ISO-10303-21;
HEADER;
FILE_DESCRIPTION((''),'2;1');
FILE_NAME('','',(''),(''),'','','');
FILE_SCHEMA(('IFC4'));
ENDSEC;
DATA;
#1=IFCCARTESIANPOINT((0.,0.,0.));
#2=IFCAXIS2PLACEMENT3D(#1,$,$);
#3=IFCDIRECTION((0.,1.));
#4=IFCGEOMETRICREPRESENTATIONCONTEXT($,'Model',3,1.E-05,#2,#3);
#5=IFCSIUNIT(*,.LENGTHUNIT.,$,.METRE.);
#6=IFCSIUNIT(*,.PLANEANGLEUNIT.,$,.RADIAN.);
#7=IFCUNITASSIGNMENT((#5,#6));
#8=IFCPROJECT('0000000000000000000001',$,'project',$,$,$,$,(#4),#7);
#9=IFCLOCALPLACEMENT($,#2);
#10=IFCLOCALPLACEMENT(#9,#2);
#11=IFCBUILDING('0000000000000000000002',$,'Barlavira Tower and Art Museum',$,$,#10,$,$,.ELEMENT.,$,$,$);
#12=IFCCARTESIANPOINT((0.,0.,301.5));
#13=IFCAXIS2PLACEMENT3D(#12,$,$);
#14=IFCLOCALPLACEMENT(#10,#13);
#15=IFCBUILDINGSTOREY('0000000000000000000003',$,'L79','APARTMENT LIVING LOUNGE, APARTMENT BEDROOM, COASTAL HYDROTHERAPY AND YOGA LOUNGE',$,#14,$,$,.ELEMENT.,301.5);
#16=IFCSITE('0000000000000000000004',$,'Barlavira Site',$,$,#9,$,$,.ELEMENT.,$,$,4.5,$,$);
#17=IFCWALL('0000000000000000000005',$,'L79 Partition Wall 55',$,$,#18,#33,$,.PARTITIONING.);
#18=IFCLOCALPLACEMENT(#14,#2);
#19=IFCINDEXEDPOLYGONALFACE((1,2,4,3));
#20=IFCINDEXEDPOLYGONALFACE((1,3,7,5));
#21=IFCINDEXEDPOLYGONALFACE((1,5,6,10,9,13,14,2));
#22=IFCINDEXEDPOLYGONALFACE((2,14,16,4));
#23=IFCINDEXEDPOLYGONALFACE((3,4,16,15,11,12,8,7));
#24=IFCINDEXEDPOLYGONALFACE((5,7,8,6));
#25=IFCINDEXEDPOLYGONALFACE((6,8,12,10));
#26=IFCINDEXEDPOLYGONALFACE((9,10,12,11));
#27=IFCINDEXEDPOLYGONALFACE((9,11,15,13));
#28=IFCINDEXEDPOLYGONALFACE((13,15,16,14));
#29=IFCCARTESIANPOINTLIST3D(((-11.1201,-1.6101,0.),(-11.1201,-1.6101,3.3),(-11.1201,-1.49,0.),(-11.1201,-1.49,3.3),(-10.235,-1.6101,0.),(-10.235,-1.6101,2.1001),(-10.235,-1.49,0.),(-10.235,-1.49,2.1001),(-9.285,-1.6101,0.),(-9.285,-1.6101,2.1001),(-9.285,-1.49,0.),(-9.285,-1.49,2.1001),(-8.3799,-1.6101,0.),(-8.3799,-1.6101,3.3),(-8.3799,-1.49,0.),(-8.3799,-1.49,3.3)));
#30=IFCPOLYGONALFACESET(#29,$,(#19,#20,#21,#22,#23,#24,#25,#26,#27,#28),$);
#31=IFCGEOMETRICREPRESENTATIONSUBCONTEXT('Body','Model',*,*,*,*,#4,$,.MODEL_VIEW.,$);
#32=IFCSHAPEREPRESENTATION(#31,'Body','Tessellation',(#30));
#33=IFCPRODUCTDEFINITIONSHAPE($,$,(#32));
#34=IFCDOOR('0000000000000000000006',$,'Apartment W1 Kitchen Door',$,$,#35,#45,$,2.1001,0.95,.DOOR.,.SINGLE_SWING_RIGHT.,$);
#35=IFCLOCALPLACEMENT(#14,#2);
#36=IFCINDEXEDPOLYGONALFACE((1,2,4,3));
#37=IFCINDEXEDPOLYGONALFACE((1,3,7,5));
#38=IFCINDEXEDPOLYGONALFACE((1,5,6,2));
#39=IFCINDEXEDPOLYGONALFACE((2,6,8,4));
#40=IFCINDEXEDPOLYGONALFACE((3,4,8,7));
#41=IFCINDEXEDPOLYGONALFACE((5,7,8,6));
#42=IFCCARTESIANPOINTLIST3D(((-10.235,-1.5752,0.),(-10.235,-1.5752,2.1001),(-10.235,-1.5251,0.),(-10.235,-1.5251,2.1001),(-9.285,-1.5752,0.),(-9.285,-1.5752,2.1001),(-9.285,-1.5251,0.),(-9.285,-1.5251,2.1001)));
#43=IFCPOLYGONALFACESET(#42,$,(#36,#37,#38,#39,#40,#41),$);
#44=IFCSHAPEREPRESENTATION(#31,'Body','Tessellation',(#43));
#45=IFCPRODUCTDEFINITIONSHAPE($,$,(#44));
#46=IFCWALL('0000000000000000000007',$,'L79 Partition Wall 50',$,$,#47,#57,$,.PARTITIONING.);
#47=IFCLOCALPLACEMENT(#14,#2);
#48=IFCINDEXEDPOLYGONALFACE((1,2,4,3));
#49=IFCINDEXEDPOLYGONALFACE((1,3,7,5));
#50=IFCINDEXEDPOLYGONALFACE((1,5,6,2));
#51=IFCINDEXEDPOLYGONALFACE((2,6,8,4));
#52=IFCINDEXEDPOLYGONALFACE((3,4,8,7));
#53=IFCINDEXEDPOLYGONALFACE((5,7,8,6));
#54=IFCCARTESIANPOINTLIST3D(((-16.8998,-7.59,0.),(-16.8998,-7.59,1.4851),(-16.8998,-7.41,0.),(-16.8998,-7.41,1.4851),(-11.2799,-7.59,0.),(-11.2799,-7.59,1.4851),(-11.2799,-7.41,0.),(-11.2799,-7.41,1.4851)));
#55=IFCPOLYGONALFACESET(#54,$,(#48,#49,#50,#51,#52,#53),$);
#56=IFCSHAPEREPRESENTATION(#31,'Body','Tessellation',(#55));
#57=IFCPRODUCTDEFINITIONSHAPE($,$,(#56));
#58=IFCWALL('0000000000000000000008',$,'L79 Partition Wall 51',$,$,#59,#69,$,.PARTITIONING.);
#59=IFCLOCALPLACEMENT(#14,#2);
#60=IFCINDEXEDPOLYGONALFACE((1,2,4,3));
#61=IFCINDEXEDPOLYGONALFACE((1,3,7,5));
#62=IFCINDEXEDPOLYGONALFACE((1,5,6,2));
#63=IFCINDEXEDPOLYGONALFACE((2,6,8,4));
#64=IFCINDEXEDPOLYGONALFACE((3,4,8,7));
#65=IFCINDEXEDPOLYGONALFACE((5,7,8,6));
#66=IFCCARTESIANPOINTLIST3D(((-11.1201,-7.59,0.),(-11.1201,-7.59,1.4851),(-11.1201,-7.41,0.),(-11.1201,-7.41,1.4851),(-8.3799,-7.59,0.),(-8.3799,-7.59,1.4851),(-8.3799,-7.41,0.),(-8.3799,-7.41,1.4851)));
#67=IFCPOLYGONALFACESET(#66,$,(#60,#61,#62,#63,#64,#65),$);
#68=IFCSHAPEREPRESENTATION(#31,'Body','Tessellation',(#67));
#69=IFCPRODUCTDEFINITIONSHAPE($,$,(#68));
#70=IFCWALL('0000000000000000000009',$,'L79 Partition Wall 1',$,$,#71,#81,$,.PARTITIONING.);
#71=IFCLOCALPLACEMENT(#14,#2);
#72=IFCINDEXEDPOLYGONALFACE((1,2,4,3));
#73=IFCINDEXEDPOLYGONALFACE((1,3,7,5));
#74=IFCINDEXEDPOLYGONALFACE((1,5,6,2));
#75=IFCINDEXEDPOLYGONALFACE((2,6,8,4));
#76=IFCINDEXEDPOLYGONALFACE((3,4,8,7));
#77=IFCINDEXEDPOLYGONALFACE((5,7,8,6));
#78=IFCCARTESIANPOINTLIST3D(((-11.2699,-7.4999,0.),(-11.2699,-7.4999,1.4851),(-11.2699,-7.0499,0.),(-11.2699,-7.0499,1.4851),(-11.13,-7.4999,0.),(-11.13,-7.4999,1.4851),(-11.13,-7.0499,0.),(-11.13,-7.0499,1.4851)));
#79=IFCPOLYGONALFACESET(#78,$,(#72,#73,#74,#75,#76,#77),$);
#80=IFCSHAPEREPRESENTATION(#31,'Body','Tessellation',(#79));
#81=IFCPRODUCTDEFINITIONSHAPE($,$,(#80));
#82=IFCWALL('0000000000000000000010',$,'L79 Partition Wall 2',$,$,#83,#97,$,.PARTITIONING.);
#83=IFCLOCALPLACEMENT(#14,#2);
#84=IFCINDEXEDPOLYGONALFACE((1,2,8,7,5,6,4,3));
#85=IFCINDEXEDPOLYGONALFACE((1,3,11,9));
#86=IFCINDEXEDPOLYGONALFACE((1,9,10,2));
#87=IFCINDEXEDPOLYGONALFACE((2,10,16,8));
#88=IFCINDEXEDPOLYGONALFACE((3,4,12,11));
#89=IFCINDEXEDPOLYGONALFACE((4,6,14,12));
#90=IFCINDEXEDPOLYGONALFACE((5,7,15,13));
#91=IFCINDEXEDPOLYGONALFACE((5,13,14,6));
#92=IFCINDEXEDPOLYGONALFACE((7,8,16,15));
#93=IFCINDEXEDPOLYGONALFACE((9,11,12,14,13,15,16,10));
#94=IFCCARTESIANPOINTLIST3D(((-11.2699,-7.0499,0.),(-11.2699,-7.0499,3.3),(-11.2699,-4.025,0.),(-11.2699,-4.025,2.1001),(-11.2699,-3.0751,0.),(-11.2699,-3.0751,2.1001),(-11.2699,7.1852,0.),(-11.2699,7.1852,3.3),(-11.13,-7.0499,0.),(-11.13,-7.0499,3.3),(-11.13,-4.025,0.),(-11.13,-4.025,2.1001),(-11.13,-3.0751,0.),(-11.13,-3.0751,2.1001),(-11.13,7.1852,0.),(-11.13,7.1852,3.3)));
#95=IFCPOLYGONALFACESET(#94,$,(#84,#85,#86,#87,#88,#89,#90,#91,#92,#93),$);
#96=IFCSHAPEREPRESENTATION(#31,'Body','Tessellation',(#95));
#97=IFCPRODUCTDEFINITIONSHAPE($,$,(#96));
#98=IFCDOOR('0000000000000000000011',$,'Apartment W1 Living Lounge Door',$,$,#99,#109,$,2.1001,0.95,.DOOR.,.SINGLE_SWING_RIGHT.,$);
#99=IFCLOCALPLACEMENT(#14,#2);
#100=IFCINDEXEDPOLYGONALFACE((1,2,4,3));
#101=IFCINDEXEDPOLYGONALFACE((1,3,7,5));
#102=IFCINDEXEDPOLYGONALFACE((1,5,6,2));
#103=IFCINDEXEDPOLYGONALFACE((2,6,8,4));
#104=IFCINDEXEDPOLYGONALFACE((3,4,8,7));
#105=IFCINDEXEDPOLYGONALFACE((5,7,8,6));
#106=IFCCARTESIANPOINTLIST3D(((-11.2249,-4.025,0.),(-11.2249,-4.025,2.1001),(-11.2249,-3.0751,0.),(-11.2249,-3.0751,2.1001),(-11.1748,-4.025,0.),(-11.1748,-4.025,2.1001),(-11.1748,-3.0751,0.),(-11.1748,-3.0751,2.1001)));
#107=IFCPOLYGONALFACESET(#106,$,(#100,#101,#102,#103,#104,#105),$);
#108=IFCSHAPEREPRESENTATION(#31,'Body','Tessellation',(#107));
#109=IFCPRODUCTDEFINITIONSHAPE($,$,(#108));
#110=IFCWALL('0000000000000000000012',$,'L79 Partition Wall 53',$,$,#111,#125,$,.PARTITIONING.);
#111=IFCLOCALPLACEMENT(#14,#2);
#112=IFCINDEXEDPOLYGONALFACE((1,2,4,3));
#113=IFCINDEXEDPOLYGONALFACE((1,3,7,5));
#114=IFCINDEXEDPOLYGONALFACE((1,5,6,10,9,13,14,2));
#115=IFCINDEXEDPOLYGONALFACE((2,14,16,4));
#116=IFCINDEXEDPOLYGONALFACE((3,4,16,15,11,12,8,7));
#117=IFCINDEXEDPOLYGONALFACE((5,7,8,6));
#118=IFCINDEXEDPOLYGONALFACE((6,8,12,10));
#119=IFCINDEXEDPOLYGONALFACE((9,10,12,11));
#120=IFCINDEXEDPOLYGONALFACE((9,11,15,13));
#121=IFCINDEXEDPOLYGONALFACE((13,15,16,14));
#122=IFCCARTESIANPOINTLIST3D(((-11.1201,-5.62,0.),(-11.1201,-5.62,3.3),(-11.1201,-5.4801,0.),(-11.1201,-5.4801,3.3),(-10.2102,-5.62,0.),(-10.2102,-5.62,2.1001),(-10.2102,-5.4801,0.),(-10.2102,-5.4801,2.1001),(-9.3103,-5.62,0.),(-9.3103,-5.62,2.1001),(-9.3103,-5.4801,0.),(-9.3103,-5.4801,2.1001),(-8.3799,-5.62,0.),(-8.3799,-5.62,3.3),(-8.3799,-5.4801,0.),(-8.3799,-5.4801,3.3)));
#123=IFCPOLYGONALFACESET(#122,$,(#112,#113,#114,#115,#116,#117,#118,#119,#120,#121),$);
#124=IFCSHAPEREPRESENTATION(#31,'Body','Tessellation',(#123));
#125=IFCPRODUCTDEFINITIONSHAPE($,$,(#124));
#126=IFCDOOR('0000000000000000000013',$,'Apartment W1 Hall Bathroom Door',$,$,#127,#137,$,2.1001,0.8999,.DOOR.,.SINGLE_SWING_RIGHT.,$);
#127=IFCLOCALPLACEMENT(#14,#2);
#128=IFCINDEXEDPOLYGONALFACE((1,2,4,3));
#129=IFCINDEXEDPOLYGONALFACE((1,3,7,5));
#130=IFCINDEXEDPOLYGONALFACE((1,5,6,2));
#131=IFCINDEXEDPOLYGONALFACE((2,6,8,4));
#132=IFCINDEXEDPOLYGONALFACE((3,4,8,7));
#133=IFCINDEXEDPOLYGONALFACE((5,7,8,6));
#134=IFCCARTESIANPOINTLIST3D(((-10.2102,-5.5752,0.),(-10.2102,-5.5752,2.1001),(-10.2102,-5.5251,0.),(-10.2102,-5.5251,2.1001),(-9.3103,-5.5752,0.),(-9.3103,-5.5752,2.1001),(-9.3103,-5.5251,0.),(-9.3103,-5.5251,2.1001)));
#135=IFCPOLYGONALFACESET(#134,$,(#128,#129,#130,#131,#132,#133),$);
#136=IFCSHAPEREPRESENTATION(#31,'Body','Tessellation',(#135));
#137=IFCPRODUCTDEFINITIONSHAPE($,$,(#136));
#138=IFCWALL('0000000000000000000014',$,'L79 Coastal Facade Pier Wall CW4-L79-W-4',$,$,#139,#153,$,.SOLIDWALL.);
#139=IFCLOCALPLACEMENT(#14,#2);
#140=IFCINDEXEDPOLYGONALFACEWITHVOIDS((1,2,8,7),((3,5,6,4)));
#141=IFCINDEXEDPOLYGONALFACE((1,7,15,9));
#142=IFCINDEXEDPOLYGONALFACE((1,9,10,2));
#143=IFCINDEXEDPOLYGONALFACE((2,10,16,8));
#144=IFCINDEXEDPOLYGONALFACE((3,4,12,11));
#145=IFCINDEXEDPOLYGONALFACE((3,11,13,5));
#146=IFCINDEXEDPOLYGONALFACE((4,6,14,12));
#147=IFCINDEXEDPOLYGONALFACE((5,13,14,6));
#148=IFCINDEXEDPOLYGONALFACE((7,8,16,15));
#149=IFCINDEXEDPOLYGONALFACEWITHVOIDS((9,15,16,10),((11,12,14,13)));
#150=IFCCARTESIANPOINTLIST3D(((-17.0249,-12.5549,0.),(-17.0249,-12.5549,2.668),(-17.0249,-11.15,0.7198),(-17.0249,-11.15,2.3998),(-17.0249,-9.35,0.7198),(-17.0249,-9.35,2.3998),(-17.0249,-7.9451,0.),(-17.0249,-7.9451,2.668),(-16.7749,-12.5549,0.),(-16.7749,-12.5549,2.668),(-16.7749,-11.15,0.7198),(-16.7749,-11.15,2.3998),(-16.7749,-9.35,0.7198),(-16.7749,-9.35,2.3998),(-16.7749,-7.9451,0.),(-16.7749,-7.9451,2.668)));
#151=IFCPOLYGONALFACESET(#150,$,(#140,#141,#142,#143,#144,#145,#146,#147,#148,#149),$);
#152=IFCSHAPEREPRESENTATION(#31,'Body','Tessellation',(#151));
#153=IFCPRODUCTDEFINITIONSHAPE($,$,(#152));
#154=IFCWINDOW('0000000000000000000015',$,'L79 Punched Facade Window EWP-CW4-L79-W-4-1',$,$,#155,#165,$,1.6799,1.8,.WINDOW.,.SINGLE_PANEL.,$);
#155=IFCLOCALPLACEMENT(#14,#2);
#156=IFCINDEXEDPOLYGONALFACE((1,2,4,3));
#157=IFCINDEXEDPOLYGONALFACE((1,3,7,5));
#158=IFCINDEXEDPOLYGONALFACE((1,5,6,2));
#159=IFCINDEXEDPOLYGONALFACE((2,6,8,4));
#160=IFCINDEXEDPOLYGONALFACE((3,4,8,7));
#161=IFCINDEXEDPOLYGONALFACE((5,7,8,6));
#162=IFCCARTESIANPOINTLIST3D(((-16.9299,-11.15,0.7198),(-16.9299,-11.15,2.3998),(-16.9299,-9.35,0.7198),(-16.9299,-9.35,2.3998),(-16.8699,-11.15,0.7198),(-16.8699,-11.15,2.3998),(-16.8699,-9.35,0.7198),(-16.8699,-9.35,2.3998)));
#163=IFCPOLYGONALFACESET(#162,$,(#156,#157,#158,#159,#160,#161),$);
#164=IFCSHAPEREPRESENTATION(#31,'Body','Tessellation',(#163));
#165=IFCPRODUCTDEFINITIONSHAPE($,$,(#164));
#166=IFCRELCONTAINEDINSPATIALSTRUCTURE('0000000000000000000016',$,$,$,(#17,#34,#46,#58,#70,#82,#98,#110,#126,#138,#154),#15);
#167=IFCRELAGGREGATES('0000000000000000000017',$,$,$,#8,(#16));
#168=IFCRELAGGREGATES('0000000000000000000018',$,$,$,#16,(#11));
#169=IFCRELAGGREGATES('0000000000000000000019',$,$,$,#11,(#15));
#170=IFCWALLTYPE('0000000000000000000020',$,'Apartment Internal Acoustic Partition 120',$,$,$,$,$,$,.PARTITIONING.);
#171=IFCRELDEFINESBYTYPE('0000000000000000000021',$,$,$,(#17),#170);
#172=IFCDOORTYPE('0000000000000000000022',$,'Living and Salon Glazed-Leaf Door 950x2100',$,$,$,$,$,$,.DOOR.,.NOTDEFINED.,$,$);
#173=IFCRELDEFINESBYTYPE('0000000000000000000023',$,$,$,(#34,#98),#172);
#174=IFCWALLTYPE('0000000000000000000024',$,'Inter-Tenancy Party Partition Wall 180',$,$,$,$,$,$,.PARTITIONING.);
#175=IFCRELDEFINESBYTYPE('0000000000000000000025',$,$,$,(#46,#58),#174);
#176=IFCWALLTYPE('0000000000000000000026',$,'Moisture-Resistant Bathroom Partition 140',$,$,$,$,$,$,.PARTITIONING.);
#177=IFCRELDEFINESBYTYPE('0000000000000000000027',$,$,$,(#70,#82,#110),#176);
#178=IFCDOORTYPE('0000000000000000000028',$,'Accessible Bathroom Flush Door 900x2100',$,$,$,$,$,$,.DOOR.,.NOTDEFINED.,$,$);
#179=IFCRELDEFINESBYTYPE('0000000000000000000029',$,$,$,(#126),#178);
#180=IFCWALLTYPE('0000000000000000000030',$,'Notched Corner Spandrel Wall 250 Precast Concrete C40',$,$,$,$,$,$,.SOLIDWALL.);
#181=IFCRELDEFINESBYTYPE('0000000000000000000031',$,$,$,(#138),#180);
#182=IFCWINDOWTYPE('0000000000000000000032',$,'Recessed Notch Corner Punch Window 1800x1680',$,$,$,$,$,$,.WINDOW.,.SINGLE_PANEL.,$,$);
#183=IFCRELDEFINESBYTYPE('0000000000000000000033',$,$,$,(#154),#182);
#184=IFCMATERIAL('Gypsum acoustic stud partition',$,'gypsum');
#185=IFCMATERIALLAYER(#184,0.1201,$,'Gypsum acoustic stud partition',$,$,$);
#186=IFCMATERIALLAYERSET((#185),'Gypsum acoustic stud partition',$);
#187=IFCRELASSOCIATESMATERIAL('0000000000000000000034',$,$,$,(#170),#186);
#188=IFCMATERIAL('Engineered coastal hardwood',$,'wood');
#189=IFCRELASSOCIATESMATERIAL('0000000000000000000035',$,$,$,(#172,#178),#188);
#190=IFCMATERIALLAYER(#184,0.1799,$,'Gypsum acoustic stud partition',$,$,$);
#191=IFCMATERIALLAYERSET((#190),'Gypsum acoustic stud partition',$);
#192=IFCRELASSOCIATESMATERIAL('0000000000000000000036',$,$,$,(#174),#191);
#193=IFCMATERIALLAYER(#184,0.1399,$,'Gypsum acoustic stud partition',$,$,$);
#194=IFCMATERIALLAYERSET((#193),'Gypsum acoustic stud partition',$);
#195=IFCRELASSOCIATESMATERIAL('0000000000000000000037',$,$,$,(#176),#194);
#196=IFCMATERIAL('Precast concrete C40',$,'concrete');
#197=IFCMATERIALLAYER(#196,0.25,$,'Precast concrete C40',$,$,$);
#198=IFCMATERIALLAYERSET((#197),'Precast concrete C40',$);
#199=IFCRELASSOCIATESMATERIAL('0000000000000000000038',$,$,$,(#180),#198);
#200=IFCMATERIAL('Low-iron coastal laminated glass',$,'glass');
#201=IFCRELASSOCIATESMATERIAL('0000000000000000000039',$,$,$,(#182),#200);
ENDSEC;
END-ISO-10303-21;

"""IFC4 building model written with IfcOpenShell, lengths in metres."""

from ifc_helpers import new_model, si_unit, direction, frame, frame_2d, origin, place, context, subcontext, project, spatial, rectangle, extrude, material, layer, layer_set, type_object, element, fill, save


model = new_model("IFC4")

# Units and contexts
model_context = context("Model", 3, precision=1e-05, world=origin(), true_north=direction((0.0, 1.0)))
body_context = subcontext(model_context, "Body", "Model", "MODEL_VIEW")
ifc_project = project(units=[si_unit("LENGTHUNIT", "METRE"), si_unit("PLANEANGLEUNIT", "RADIAN")], contexts=[model_context])

# Site, building, storey
site_placement = place(None, origin())
site = spatial("IfcSite", under=ifc_project, at=site_placement, Name="Barlavira Site", CompositionType="ELEMENT", RefElevation=4.5)
building_placement = place(site_placement, origin())
building = spatial("IfcBuilding", under=site, at=building_placement, Name="Barlavira Tower and Art Museum", CompositionType="ELEMENT")
storey_placement = place(building_placement, frame((0.0, 0.0, 301.5)))
storey = spatial("IfcBuildingStorey", under=building, at=storey_placement, Name="L79", Description="APARTMENT LIVING LOUNGE, APARTMENT BEDROOM, COASTAL HYDROTHERAPY AND YOGA LOUNGE", CompositionType="ELEMENT", Elevation=301.5)

# Shared definitions
ifc_material_1 = material(Name="Low-iron coastal laminated glass", Category="glass")

# Wall, opening, door
ifc_material_2 = material(Name="Gypsum acoustic stud partition", Category="gypsum")
ifc_layer_1 = layer(ifc_material_2, 0.1201, Name="Gypsum acoustic stud partition")
ifc_layer_set_1 = layer_set([ifc_layer_1], Name="Gypsum acoustic stud partition")
wall_type_1 = type_object("IfcWallType", Name="Apartment Internal Acoustic Partition 120", PredefinedType="PARTITIONING", material=ifc_layer_set_1)
wall_1_placement = place(storey_placement, frame((-11.1201, -1.55, 0.0), z_axis=(0.0, 0.0, 1.0), x_axis=(1.0, 0.0, 0.0)))
wall_1 = element("IfcWall", 1, at=wall_1_placement, inside=storey, type_object=wall_type_1, Name="L79 Partition Wall 55", PredefinedType="PARTITIONING", context=body_context, shape_type="SweptSolid", body=[
    extrude(rectangle(XDim=2.7402, YDim=0.1201, at=frame_2d((1.3701, 0.0))), origin(), (0.0, 0.0, 1.0), 3.3),
])
opening_1_placement = place(wall_1_placement, frame((0.885, 0.0, 0.0)))
opening_1 = element("IfcOpeningElement", 2, at=opening_1_placement, cuts=wall_1, PredefinedType="OPENING", context=body_context, shape_type="SweptSolid", body=[
    extrude(rectangle(XDim=0.95, YDim=2.1001, at=frame_2d((0.4751, 1.05))), frame((0.0, 0.0701, 0.0), z_axis=(0.0, -1.0, 0.0), x_axis=(1.0, 0.0, 0.0)), (0.0, 0.0, 1.0), 0.1401),
])
ifc_material_3 = material(Name="Engineered coastal hardwood", Category="wood")
door_type_1 = type_object("IfcDoorType", Name="Living and Salon Glazed-Leaf Door 950x2100", OperationType="NOTDEFINED", PredefinedType="DOOR", material=ifc_material_3)
door_1_placement = place(opening_1_placement, origin())
door_1 = element("IfcDoor", 3, at=door_1_placement, inside=storey, type_object=door_type_1, Name="Apartment W1 Kitchen Door", OperationType="SINGLE_SWING_RIGHT", OverallHeight=2.1001, OverallWidth=0.95, PredefinedType="DOOR", context=body_context, shape_type="SweptSolid", body=[
    extrude(rectangle(XDim=0.95, YDim=2.1001, at=frame_2d((0.4751, 1.05))), frame((0.0, 0.0249, 0.0), z_axis=(0.0, -1.0, 0.0), x_axis=(1.0, 0.0, 0.0)), (0.0, 0.0, 1.0), 0.05),
])
fill(opening_1, door_1)

# Walls
ifc_layer_2 = layer(ifc_material_2, 0.1799, Name="Gypsum acoustic stud partition")
ifc_layer_set_2 = layer_set([ifc_layer_2], Name="Gypsum acoustic stud partition")
wall_type_2 = type_object("IfcWallType", Name="Inter-Tenancy Party Partition Wall 180", PredefinedType="PARTITIONING", material=ifc_layer_set_2)
wall_2_placement = place(storey_placement, frame((-16.8999, -7.5, 0.0), z_axis=(0.0, 0.0, 1.0), x_axis=(1.0, 0.0, 0.0)))
element("IfcWall", 4, at=wall_2_placement, inside=storey, type_object=wall_type_2, Name="L79 Partition Wall 50", PredefinedType="PARTITIONING", context=body_context, shape_type="SweptSolid", body=[
    extrude(rectangle(XDim=5.6199, YDim=0.1799, at=frame_2d((2.8101, 0.0))), origin(), (0.0, 0.0, 1.0), 1.4851),
])
wall_3_placement = place(storey_placement, frame((-11.1201, -7.5, 0.0), z_axis=(0.0, 0.0, 1.0), x_axis=(1.0, 0.0, 0.0)))
element("IfcWall", 5, at=wall_3_placement, inside=storey, type_object=wall_type_2, Name="L79 Partition Wall 51", PredefinedType="PARTITIONING", context=body_context, shape_type="SweptSolid", body=[
    extrude(rectangle(XDim=2.7402, YDim=0.1799, at=frame_2d((1.3701, 0.0))), origin(), (0.0, 0.0, 1.0), 1.4851),
])
ifc_layer_3 = layer(ifc_material_2, 0.1399, Name="Gypsum acoustic stud partition")
ifc_layer_set_3 = layer_set([ifc_layer_3], Name="Gypsum acoustic stud partition")
wall_type_3 = type_object("IfcWallType", Name="Moisture-Resistant Bathroom Partition 140", PredefinedType="PARTITIONING", material=ifc_layer_set_3)
wall_4_placement = place(storey_placement, frame((-11.2, -7.5, 0.0), z_axis=(0.0, 0.0, 1.0), x_axis=(0.0, 1.0, 0.0)))
element("IfcWall", 6, at=wall_4_placement, inside=storey, type_object=wall_type_3, Name="L79 Partition Wall 1", PredefinedType="PARTITIONING", context=body_context, shape_type="SweptSolid", body=[
    extrude(rectangle(XDim=0.45, YDim=0.1399, at=frame_2d((0.2251, 0.0))), origin(), (0.0, 0.0, 1.0), 1.4851),
])

# Walls, openings, doors
wall_5_placement = place(storey_placement, frame((-11.2, -7.05, 0.0), z_axis=(0.0, 0.0, 1.0), x_axis=(0.0, 1.0, 0.0)))
wall_5 = element("IfcWall", 7, at=wall_5_placement, inside=storey, type_object=wall_type_3, Name="L79 Partition Wall 2", PredefinedType="PARTITIONING", context=body_context, shape_type="SweptSolid", body=[
    extrude(rectangle(XDim=14.2351, YDim=0.1399, at=frame_2d((7.1177, 0.0))), origin(), (0.0, 0.0, 1.0), 3.3),
])
opening_2_placement = place(wall_5_placement, frame((3.0249, 0.0, 0.0)))
opening_2 = element("IfcOpeningElement", 8, at=opening_2_placement, cuts=wall_5, PredefinedType="OPENING", context=body_context, shape_type="SweptSolid", body=[
    extrude(rectangle(XDim=0.95, YDim=2.1001, at=frame_2d((0.4751, 1.05))), frame((0.0, 0.0801, 0.0), z_axis=(0.0, -1.0, 0.0), x_axis=(1.0, 0.0, 0.0)), (0.0, 0.0, 1.0), 0.1599),
])
door_2_placement = place(opening_2_placement, origin())
door_2 = element("IfcDoor", 9, at=door_2_placement, inside=storey, type_object=door_type_1, Name="Apartment W1 Living Lounge Door", OperationType="SINGLE_SWING_RIGHT", OverallHeight=2.1001, OverallWidth=0.95, PredefinedType="DOOR", context=body_context, shape_type="SweptSolid", body=[
    extrude(rectangle(XDim=0.95, YDim=2.1001, at=frame_2d((0.4751, 1.05))), frame((0.0, 0.0249, 0.0), z_axis=(0.0, -1.0, 0.0), x_axis=(1.0, 0.0, 0.0)), (0.0, 0.0, 1.0), 0.05),
])
fill(opening_2, door_2)
wall_6_placement = place(storey_placement, frame((-11.1201, -5.55, 0.0), z_axis=(0.0, 0.0, 1.0), x_axis=(1.0, 0.0, 0.0)))
wall_6 = element("IfcWall", 10, at=wall_6_placement, inside=storey, type_object=wall_type_3, Name="L79 Partition Wall 53", PredefinedType="PARTITIONING", context=body_context, shape_type="SweptSolid", body=[
    extrude(rectangle(XDim=2.7402, YDim=0.1399, at=frame_2d((1.3701, 0.0))), origin(), (0.0, 0.0, 1.0), 3.3),
])
opening_3_placement = place(wall_6_placement, frame((0.9099, 0.0, 0.0)))
opening_3 = element("IfcOpeningElement", 11, at=opening_3_placement, cuts=wall_6, PredefinedType="OPENING", context=body_context, shape_type="SweptSolid", body=[
    extrude(rectangle(XDim=0.8999, YDim=2.1001, at=frame_2d((0.45, 1.05))), frame((0.0, 0.0801, 0.0), z_axis=(0.0, -1.0, 0.0), x_axis=(1.0, 0.0, 0.0)), (0.0, 0.0, 1.0), 0.1599),
])
door_type_2 = type_object("IfcDoorType", Name="Accessible Bathroom Flush Door 900x2100", OperationType="NOTDEFINED", PredefinedType="DOOR", material=ifc_material_3)
door_3_placement = place(opening_3_placement, origin())
door_3 = element("IfcDoor", 12, at=door_3_placement, inside=storey, type_object=door_type_2, Name="Apartment W1 Hall Bathroom Door", OperationType="SINGLE_SWING_RIGHT", OverallHeight=2.1001, OverallWidth=0.8999, PredefinedType="DOOR", context=body_context, shape_type="SweptSolid", body=[
    extrude(rectangle(XDim=0.8999, YDim=2.1001, at=frame_2d((0.45, 1.05))), frame((0.0, 0.0249, 0.0), z_axis=(0.0, -1.0, 0.0), x_axis=(1.0, 0.0, 0.0)), (0.0, 0.0, 1.0), 0.05),
])
fill(opening_3, door_3)

# Wall, opening, window
ifc_material_4 = material(Name="Precast concrete C40", Category="concrete")
ifc_layer_4 = layer(ifc_material_4, 0.25, Name="Precast concrete C40")
ifc_layer_set_4 = layer_set([ifc_layer_4], Name="Precast concrete C40")
wall_type_4 = type_object("IfcWallType", Name="Notched Corner Spandrel Wall 250 Precast Concrete C40", PredefinedType="SOLIDWALL", material=ifc_layer_set_4)
wall_7_placement = place(storey_placement, frame((-16.8999, -7.9451, 0.0), z_axis=(0.0, 0.0, 1.0), x_axis=(0.0, -1.0, 0.0)))
wall_7 = element("IfcWall", 13, at=wall_7_placement, inside=storey, type_object=wall_type_4, Name="L79 Coastal Facade Pier Wall CW4-L79-W-4", PredefinedType="SOLIDWALL", context=body_context, shape_type="SweptSolid", body=[
    extrude(rectangle(XDim=4.6099, YDim=0.25, at=frame_2d((2.3049, 0.0))), origin(), (0.0, 0.0, 1.0), 2.668),
])
opening_4_placement = place(wall_7_placement, frame((1.405, 0.0, 0.72)))
opening_4 = element("IfcOpeningElement", 14, at=opening_4_placement, cuts=wall_7, PredefinedType="OPENING", context=body_context, shape_type="SweptSolid", body=[
    extrude(rectangle(XDim=1.8, YDim=1.6799, at=frame_2d((0.8999, 0.8398))), frame((0.0, 0.135, 0.0), z_axis=(0.0, -1.0, 0.0), x_axis=(1.0, 0.0, 0.0)), (0.0, 0.0, 1.0), 0.27),
])
window_type = type_object("IfcWindowType", Name="Recessed Notch Corner Punch Window 1800x1680", PartitioningType="SINGLE_PANEL", PredefinedType="WINDOW", material=ifc_material_1)
window_placement = place(opening_4_placement, origin())
window = element("IfcWindow", 15, at=window_placement, inside=storey, type_object=window_type, Name="L79 Punched Facade Window EWP-CW4-L79-W-4-1", OverallHeight=1.6799, OverallWidth=1.8, PartitioningType="SINGLE_PANEL", PredefinedType="WINDOW", context=body_context, shape_type="SweptSolid", body=[
    extrude(rectangle(XDim=1.8, YDim=1.6799, at=frame_2d((0.8999, 0.8398))), frame((0.0, 0.03, 0.0), z_axis=(0.0, -1.0, 0.0), x_axis=(1.0, 0.0, 0.0)), (0.0, 0.0, 1.0), 0.0601),
])
fill(opening_4, window)

save(model, "model.ifc")
